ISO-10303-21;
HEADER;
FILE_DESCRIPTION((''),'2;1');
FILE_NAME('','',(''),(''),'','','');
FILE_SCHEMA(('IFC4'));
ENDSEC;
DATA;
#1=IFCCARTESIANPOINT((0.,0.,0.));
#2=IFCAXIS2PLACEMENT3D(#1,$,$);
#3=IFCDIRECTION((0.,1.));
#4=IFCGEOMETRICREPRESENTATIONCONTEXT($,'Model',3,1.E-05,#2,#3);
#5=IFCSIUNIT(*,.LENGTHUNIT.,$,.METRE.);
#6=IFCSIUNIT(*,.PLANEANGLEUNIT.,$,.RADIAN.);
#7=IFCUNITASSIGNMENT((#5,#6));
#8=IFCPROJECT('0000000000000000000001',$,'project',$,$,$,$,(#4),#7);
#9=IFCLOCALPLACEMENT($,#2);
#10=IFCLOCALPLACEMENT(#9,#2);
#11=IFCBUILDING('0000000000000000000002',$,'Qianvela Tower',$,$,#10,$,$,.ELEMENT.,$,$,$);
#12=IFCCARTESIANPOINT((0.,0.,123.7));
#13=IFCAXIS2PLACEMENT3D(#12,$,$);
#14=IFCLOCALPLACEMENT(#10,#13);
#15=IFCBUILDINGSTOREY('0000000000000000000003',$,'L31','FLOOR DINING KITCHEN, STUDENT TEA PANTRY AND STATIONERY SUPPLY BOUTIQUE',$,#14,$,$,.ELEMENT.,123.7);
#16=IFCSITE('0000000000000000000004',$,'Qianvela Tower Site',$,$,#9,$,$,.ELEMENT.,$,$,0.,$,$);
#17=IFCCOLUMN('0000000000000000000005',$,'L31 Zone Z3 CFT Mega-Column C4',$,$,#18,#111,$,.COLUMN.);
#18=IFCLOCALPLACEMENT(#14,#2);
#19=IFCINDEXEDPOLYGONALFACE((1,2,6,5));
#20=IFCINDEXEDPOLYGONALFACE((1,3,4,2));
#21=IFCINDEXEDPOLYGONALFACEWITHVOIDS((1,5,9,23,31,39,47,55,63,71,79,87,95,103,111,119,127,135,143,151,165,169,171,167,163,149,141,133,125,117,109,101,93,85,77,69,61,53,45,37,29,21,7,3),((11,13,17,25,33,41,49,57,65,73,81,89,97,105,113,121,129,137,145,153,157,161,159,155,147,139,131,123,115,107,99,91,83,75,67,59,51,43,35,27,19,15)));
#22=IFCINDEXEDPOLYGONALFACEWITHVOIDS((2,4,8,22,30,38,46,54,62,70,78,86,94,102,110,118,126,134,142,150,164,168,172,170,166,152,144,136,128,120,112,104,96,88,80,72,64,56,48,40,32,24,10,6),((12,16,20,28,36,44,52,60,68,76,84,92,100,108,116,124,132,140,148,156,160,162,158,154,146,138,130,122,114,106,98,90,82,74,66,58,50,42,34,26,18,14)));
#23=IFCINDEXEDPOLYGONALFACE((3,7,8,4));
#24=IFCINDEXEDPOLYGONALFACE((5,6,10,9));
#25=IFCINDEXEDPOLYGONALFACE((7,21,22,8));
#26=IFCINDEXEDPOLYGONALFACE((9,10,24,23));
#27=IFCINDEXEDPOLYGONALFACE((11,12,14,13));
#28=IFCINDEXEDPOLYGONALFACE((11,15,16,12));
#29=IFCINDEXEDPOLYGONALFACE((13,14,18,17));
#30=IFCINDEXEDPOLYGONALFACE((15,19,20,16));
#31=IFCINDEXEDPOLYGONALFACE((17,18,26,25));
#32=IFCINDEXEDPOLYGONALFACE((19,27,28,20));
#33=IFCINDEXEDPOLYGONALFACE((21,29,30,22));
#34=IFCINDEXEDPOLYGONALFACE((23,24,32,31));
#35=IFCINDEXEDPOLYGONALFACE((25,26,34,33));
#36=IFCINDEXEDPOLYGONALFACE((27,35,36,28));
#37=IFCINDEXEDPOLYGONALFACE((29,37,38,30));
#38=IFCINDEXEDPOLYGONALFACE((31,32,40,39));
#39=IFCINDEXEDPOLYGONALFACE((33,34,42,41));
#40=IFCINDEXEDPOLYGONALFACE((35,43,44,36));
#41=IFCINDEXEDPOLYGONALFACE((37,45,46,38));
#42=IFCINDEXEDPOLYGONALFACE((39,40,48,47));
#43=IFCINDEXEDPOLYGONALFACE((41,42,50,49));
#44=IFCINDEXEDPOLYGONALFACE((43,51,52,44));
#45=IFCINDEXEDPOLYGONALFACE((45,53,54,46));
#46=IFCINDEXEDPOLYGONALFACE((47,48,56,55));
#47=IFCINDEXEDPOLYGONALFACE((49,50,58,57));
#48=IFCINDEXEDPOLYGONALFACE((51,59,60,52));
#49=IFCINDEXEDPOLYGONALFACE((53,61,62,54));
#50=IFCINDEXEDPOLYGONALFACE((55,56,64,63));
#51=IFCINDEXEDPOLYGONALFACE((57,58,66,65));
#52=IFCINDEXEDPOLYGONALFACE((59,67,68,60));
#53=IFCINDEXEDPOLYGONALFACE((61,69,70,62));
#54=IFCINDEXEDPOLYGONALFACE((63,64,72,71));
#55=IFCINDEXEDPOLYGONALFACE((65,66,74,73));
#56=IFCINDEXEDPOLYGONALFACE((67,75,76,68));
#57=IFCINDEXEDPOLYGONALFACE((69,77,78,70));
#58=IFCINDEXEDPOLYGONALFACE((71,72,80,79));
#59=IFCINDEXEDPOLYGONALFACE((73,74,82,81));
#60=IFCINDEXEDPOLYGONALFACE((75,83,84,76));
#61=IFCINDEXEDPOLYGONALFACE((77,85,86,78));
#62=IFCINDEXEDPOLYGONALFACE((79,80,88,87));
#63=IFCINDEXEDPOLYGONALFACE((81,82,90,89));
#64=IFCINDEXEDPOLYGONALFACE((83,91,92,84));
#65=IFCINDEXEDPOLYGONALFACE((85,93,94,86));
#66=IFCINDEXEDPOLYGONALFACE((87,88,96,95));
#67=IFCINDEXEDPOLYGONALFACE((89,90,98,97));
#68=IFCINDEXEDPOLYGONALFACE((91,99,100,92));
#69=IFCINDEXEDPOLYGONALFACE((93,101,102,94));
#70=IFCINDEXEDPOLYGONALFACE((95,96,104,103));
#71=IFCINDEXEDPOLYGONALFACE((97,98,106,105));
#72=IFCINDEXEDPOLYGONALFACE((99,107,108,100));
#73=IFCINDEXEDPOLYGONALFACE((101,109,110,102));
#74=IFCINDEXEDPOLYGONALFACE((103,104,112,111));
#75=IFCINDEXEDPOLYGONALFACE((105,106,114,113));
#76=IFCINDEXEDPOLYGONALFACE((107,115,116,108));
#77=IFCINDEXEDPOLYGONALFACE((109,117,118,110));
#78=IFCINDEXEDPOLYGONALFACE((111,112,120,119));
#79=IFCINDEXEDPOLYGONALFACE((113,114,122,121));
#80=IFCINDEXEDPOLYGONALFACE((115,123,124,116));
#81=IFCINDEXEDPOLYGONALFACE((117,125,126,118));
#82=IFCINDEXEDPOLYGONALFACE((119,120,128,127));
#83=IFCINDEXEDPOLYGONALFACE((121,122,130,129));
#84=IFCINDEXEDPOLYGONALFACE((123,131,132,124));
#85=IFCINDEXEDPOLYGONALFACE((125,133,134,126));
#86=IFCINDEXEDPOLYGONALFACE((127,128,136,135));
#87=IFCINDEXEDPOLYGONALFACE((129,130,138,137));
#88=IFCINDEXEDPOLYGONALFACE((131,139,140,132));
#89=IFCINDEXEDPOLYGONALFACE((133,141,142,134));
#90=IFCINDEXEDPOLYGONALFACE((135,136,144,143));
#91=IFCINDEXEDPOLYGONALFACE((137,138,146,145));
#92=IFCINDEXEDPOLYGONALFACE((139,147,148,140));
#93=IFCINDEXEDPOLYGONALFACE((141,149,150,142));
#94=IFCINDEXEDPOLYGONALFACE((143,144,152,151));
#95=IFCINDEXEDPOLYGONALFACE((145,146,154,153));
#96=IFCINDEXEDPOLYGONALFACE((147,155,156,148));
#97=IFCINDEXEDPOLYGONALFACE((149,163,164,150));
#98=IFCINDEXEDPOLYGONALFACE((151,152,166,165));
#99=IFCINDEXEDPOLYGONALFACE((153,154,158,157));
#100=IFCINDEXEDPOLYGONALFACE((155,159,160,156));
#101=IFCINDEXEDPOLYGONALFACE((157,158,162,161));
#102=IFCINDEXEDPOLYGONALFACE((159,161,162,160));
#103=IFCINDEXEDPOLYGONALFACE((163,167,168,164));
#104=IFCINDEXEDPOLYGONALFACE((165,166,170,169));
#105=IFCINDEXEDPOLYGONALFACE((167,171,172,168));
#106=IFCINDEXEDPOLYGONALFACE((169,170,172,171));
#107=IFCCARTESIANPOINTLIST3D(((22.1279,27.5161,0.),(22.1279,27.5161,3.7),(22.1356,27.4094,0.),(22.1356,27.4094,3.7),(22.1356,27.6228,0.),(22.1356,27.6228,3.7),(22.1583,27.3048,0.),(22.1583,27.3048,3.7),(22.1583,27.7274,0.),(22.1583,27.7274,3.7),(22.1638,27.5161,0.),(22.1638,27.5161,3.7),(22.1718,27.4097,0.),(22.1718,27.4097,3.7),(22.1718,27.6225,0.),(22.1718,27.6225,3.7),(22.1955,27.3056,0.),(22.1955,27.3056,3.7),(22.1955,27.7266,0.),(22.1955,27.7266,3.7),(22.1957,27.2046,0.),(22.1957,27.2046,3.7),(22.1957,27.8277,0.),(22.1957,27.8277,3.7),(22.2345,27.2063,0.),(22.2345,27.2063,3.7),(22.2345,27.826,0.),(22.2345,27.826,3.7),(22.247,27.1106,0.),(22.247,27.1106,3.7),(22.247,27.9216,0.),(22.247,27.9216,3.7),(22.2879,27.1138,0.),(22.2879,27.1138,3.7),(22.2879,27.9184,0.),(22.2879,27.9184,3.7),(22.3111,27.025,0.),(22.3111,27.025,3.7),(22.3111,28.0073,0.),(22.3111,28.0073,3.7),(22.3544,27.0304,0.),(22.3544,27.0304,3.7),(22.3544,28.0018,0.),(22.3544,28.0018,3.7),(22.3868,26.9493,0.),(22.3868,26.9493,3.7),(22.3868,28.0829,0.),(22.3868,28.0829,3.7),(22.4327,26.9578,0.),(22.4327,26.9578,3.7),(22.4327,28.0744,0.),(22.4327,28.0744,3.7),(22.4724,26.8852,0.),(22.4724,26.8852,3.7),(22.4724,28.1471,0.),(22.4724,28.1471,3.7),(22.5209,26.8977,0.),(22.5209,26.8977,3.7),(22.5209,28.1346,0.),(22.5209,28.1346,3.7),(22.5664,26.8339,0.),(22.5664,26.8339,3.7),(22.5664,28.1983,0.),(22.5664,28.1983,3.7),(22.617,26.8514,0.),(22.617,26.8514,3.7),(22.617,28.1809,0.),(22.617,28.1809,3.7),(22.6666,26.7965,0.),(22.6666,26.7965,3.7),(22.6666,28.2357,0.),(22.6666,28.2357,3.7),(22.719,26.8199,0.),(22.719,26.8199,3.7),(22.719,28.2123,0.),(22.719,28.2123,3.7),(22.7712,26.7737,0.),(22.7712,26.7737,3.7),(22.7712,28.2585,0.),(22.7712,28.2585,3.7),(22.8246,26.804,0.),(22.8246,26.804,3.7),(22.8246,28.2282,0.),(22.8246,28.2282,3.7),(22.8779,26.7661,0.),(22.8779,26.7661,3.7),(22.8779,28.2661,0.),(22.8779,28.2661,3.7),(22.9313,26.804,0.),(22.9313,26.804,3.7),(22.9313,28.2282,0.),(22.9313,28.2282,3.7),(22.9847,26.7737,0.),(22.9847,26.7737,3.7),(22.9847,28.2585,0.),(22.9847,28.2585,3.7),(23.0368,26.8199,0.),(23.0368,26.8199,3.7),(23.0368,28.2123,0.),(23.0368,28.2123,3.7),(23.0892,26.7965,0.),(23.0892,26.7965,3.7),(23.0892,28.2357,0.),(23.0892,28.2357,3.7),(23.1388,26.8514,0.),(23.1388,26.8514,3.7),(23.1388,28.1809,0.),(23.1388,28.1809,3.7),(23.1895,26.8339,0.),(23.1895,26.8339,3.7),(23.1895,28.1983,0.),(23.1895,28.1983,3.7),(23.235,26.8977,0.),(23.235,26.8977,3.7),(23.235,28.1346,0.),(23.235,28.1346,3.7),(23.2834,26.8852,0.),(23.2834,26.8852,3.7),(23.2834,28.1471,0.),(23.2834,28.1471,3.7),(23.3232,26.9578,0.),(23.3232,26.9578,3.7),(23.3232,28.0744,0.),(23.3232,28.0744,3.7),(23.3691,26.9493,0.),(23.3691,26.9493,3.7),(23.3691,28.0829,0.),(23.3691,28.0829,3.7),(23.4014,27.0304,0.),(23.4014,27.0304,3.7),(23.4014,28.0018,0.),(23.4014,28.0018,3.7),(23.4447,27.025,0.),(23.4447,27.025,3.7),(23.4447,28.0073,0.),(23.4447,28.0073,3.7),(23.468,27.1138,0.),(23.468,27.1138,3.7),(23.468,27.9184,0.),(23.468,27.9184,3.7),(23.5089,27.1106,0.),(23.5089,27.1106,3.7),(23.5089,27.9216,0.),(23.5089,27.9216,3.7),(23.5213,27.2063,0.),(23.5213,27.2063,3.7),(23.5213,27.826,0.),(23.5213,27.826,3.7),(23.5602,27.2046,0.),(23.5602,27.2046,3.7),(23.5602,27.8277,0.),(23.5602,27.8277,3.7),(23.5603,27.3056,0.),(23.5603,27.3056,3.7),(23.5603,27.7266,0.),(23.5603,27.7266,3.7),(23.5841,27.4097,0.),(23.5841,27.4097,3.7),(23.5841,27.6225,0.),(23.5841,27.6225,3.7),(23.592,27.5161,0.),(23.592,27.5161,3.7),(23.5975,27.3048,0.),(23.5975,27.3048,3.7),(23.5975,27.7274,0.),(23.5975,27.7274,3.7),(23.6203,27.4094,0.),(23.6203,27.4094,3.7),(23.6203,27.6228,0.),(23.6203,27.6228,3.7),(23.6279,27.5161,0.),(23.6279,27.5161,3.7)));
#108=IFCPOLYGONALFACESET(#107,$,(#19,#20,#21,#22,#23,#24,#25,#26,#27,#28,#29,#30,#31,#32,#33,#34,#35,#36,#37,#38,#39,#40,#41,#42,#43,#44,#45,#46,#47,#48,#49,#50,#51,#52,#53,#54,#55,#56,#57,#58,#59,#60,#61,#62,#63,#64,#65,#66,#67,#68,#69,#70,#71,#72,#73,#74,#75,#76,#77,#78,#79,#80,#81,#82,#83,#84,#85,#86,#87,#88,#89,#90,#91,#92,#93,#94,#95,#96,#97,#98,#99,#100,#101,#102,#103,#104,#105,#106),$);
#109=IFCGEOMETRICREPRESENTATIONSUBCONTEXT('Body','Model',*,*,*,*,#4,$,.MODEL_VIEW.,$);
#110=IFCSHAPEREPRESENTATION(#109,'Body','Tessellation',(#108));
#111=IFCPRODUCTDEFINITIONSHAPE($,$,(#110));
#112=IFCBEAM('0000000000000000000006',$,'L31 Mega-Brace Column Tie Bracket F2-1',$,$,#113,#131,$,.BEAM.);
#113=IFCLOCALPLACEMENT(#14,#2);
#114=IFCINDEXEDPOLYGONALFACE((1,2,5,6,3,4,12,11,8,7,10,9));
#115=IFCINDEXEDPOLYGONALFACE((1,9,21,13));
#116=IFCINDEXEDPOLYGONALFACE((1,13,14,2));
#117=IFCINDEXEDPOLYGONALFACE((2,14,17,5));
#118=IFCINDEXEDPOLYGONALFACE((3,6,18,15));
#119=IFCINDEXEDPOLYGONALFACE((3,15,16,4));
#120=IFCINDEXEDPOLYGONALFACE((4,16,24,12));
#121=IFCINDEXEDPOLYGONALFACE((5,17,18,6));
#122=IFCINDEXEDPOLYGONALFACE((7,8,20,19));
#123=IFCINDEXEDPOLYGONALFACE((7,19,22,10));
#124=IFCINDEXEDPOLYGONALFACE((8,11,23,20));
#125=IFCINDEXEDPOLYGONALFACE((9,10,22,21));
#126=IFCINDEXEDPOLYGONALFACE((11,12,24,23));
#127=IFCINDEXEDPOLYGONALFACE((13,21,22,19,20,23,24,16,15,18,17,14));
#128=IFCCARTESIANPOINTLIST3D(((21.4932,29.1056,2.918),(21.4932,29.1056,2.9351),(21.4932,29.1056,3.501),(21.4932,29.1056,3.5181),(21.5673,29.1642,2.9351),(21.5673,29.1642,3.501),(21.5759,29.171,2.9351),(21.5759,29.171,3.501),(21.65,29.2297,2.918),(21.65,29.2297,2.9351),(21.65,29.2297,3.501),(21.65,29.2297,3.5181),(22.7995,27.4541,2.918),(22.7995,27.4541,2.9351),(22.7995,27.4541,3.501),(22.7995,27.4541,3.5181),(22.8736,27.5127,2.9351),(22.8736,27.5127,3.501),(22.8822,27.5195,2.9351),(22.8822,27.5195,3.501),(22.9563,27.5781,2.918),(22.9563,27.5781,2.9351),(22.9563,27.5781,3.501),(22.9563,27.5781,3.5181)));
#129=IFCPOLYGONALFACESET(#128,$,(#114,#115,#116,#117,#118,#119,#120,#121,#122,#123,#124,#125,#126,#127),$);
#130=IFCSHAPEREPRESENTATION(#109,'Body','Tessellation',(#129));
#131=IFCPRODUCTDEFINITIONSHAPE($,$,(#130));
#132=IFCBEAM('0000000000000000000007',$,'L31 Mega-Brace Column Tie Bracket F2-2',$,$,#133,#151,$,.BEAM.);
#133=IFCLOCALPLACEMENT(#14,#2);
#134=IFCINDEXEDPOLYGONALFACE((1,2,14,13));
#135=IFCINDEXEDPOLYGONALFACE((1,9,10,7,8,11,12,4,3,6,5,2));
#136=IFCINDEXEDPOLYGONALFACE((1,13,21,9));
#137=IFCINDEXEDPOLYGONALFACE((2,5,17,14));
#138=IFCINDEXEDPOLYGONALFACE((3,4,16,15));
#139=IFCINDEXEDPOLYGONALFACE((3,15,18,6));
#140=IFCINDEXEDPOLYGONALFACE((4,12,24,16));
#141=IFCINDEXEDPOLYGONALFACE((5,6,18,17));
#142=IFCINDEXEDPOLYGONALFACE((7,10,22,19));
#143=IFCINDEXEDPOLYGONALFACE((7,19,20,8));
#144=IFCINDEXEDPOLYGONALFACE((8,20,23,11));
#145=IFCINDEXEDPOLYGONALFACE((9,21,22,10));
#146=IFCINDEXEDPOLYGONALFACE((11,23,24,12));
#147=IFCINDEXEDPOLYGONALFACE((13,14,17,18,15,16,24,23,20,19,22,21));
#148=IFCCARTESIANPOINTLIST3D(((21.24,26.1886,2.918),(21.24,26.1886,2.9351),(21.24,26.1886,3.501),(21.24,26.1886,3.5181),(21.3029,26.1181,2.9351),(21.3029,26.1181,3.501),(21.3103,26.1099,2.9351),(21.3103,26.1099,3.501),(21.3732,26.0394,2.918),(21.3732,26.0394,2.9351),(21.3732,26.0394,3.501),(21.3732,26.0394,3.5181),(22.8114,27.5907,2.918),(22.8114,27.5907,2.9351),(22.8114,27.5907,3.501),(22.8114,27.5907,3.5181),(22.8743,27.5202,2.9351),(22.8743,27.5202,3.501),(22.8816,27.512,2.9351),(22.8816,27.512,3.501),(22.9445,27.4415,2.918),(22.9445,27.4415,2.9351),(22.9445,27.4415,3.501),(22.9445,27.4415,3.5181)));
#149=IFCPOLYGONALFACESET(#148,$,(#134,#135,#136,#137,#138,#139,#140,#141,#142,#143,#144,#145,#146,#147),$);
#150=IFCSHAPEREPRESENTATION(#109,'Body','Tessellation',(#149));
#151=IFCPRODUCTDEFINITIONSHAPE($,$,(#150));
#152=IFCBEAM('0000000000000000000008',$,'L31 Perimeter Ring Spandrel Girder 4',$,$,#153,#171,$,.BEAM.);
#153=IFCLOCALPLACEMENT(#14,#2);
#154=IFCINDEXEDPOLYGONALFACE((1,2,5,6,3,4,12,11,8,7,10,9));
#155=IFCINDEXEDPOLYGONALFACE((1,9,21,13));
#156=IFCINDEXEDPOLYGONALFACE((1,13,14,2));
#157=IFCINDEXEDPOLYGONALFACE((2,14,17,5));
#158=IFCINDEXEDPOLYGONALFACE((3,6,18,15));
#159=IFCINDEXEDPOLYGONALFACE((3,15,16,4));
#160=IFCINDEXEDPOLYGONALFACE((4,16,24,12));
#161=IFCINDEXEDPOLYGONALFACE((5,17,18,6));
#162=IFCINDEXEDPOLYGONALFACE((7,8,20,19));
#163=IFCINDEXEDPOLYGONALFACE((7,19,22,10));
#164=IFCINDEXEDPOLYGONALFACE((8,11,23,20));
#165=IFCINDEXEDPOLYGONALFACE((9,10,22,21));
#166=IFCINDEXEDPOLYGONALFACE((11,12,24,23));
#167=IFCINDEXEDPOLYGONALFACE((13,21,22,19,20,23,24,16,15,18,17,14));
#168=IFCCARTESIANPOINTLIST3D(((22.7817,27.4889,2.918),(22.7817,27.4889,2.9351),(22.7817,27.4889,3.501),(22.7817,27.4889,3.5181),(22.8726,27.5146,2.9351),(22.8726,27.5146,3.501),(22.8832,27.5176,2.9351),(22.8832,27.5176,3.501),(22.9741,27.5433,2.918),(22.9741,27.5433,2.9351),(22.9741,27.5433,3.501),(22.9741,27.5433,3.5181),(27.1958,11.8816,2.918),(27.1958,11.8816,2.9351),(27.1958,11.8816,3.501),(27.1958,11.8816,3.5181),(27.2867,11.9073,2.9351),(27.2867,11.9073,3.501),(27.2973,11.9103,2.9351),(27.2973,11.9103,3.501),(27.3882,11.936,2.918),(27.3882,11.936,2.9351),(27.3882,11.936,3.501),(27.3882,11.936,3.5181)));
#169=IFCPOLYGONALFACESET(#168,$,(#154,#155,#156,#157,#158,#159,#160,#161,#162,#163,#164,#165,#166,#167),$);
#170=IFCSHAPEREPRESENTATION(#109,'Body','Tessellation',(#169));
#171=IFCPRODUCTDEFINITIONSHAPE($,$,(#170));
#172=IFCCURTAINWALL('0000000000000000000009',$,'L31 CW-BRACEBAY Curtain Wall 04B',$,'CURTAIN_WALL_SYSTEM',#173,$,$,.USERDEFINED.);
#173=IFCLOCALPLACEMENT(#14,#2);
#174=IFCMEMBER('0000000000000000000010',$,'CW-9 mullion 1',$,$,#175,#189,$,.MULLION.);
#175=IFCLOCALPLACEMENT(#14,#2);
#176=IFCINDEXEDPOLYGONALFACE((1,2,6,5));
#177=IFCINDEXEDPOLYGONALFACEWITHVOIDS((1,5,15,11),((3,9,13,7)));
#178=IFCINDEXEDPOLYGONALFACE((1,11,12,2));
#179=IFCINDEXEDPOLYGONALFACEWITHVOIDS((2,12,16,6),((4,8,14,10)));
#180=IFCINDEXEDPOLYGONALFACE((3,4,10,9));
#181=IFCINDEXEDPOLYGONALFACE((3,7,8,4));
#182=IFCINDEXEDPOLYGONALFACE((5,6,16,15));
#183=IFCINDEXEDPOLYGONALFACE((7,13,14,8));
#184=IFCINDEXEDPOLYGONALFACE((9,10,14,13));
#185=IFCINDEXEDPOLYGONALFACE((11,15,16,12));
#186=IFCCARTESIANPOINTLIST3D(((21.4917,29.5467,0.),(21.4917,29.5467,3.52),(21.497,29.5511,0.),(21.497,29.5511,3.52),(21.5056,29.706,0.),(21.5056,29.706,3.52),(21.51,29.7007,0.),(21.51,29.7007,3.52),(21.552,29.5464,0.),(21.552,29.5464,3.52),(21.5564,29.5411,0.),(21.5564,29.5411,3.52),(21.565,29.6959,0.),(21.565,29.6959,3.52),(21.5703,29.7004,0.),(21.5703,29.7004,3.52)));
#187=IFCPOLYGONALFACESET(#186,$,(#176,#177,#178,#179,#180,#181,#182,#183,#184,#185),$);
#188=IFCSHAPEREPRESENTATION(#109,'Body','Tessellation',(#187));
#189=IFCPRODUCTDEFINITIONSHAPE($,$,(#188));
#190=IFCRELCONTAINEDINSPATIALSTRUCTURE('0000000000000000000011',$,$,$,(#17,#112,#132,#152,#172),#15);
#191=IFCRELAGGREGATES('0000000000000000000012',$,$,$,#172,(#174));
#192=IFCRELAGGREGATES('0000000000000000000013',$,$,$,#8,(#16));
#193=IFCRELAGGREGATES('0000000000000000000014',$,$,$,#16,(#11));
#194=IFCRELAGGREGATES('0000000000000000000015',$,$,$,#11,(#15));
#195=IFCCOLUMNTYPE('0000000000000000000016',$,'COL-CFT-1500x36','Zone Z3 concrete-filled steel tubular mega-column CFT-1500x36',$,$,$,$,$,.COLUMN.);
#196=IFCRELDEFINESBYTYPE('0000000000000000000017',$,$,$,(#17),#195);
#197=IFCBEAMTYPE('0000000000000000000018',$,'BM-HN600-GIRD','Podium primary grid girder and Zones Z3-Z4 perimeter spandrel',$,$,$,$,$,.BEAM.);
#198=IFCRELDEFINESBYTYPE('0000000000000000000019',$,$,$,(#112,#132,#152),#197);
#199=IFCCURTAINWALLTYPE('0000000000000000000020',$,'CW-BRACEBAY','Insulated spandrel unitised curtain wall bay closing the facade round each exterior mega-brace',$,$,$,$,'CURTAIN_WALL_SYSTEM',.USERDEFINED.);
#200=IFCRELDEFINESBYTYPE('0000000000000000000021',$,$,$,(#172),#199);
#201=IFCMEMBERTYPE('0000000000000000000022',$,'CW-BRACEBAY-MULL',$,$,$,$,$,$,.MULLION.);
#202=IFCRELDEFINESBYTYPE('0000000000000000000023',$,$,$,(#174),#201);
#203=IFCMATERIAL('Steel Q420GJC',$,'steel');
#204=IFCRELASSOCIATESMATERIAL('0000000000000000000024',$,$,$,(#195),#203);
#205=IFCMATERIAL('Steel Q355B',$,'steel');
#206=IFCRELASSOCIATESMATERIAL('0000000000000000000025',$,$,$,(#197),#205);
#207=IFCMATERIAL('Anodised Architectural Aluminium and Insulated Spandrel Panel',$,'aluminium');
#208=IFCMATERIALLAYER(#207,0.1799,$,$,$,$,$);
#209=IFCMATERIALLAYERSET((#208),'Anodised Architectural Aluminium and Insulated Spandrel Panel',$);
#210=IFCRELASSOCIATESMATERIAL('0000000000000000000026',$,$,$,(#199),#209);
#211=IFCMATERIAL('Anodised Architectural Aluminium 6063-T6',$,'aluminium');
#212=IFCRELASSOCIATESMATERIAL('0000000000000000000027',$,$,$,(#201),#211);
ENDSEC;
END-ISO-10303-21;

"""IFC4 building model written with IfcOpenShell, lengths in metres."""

from ifc_helpers import new_model, si_unit, direction, frame, origin, origin_2d, place, context, subcontext, project, spatial, hollow_rectangle, hollow_circle, i_section, extrude, material, layer, layer_set, material_profile, profile_set, type_object, element, aggregate, save


model = new_model("IFC4")

# Units and contexts
model_context = context("Model", 3, precision=1e-05, world=origin(), true_north=direction((0.0, 1.0)))
body_context = subcontext(model_context, "Body", "Model", "MODEL_VIEW")
ifc_project = project(units=[si_unit("LENGTHUNIT", "METRE"), si_unit("PLANEANGLEUNIT", "RADIAN")], contexts=[model_context])

# Site, building, storey
site_placement = place(None, origin())
site = spatial("IfcSite", under=ifc_project, at=site_placement, Name="Qianvela Tower Site", CompositionType="ELEMENT", RefElevation=0.0)
building_placement = place(site_placement, origin())
building = spatial("IfcBuilding", under=site, at=building_placement, Name="Qianvela Tower", CompositionType="ELEMENT")
storey_placement = place(building_placement, frame((0.0, 0.0, 123.7)))
storey = spatial("IfcBuildingStorey", under=building, at=storey_placement, Name="L31", Description="FLOOR DINING KITCHEN, STUDENT TEA PANTRY AND STATIONERY SUPPLY BOUTIQUE", CompositionType="ELEMENT", Elevation=123.7)

# Column
ifc_material_1 = material(Name="Steel Q420GJC", Category="steel")
ifc_material_profile_1 = material_profile(ifc_material_1, hollow_circle(Radius=0.75, WallThickness=0.0359, at=origin_2d()), Name="CFT-1500x36")
ifc_profile_set_1 = profile_set([ifc_material_profile_1], Name="Steel Q420GJC")
column_type = type_object("IfcColumnType", Name="COL-CFT-1500x36", Description="Zone Z3 concrete-filled steel tubular mega-column CFT-1500x36", PredefinedType="COLUMN", material=ifc_profile_set_1)
column_placement = place(storey_placement, frame((22.8779, 27.5161, 0.0), z_axis=(0.0, 0.0, 1.0), x_axis=(1.0, 0.0, 0.0)))
element("IfcColumn", 1, at=column_placement, inside=storey, type_object=column_type, Name="L31 Zone Z3 CFT Mega-Column C4", PredefinedType="COLUMN", context=body_context, shape_type="SweptSolid", body=[
    extrude(hollow_circle(Radius=0.75, WallThickness=0.0359, at=origin_2d()), origin(), (0.0, 0.0, 1.0), 3.7),
])

# Beams
ifc_material_2 = material(Name="Steel Q355B", Category="steel")
ifc_material_profile_2 = material_profile(ifc_material_2, i_section(OverallWidth=0.2, OverallDepth=0.6001, WebThickness=0.011, FlangeThickness=0.0171, at=origin_2d()), Name="HN600x200x11x17")
ifc_profile_set_2 = profile_set([ifc_material_profile_2], Name="Steel Q355B")
beam_type = type_object("IfcBeamType", Name="BM-HN600-GIRD", Description="Podium primary grid girder and Zones Z3-Z4 perimeter spandrel", PredefinedType="BEAM", material=ifc_profile_set_2)
beam_1_placement = place(storey_placement, frame((22.8779, 27.5161, 3.218), z_axis=(-0.620373, 0.784307, 0.0), x_axis=(-0.784307, -0.620373, 0.0)))
element("IfcBeam", 2, at=beam_1_placement, inside=storey, type_object=beam_type, Name="L31 Mega-Brace Column Tie Bracket F2-1", PredefinedType="BEAM", context=body_context, shape_type="SweptSolid", body=[
    extrude(i_section(OverallWidth=0.2, OverallDepth=0.6001, WebThickness=0.011, FlangeThickness=0.0171, at=origin_2d()), origin(), (0.0, 0.0, 1.0), 2.1057),
])
beam_2_placement = place(storey_placement, frame((22.8779, 27.5161, 3.218), z_axis=(-0.746135, -0.665795, 0.0), x_axis=(0.665795, -0.746135, 0.0)))
element("IfcBeam", 3, at=beam_2_placement, inside=storey, type_object=beam_type, Name="L31 Mega-Brace Column Tie Bracket F2-2", PredefinedType="BEAM", context=body_context, shape_type="SweptSolid", body=[
    extrude(i_section(OverallWidth=0.2, OverallDepth=0.6001, WebThickness=0.011, FlangeThickness=0.0171, at=origin_2d()), origin(), (0.0, 0.0, 1.0), 2.106),
])
beam_3_placement = place(storey_placement, frame((22.8779, 27.5161, 3.218), z_axis=(0.272148, -0.962256, 0.0), x_axis=(0.962256, 0.272148, 0.0)))
element("IfcBeam", 4, at=beam_3_placement, inside=storey, type_object=beam_type, Name="L31 Perimeter Ring Spandrel Girder 4", PredefinedType="BEAM", context=body_context, shape_type="SweptSolid", body=[
    extrude(i_section(OverallWidth=0.2, OverallDepth=0.6001, WebThickness=0.011, FlangeThickness=0.0171, at=origin_2d()), origin(), (0.0, 0.0, 1.0), 16.2195),
])

# Curtain wall, member
ifc_material_3 = material(Name="Anodised Architectural Aluminium and Insulated Spandrel Panel", Category="aluminium")
ifc_layer_1 = layer(ifc_material_3, 0.1799)
ifc_layer_set_1 = layer_set([ifc_layer_1], Name="Anodised Architectural Aluminium and Insulated Spandrel Panel")
curtain_wall_type_1 = type_object("IfcCurtainWallType", Name="CW-BRACEBAY", Description="Insulated spandrel unitised curtain wall bay closing the facade round each exterior mega-brace", ElementType="CURTAIN_WALL_SYSTEM", PredefinedType="USERDEFINED", material=ifc_layer_set_1)
curtain_wall_1_placement = place(storey_placement, origin())
curtain_wall_1 = element("IfcCurtainWall", 5, at=curtain_wall_1_placement, inside=storey, type_object=curtain_wall_type_1, Name="L31 CW-BRACEBAY Curtain Wall 04B", ObjectType="CURTAIN_WALL_SYSTEM", PredefinedType="USERDEFINED")
ifc_material_4 = material(Name="Anodised Architectural Aluminium 6063-T6", Category="aluminium")
ifc_material_profile_3 = material_profile(ifc_material_4, hollow_rectangle(XDim=0.0649, YDim=0.1599, WallThickness=0.0049, at=origin_2d()), Name="ALU-MULL-65x160")
ifc_profile_set_3 = profile_set([ifc_material_profile_3], Name="Anodised Architectural Aluminium 6063-T6")
member_type_1 = type_object("IfcMemberType", Name="CW-BRACEBAY-MULL", PredefinedType="MULLION", material=ifc_profile_set_3)
member_1_placement = place(storey_placement, frame((21.531, 29.6235, 0.0), z_axis=(0.0, 0.0, 1.0), x_axis=(0.996254, -0.086476, 0.0)))
member_1 = element("IfcMember", 6, at=member_1_placement, type_object=member_type_1, Name="CW-9 mullion 1", PredefinedType="MULLION", context=body_context, shape_type="SweptSolid", body=[
    extrude(hollow_rectangle(XDim=0.0649, YDim=0.1599, WallThickness=0.0049, at=origin_2d()), origin(), (0.0, 0.0, 1.0), 3.52),
])

aggregate(curtain_wall_1, [member_1])

save(model, "model.ifc")
